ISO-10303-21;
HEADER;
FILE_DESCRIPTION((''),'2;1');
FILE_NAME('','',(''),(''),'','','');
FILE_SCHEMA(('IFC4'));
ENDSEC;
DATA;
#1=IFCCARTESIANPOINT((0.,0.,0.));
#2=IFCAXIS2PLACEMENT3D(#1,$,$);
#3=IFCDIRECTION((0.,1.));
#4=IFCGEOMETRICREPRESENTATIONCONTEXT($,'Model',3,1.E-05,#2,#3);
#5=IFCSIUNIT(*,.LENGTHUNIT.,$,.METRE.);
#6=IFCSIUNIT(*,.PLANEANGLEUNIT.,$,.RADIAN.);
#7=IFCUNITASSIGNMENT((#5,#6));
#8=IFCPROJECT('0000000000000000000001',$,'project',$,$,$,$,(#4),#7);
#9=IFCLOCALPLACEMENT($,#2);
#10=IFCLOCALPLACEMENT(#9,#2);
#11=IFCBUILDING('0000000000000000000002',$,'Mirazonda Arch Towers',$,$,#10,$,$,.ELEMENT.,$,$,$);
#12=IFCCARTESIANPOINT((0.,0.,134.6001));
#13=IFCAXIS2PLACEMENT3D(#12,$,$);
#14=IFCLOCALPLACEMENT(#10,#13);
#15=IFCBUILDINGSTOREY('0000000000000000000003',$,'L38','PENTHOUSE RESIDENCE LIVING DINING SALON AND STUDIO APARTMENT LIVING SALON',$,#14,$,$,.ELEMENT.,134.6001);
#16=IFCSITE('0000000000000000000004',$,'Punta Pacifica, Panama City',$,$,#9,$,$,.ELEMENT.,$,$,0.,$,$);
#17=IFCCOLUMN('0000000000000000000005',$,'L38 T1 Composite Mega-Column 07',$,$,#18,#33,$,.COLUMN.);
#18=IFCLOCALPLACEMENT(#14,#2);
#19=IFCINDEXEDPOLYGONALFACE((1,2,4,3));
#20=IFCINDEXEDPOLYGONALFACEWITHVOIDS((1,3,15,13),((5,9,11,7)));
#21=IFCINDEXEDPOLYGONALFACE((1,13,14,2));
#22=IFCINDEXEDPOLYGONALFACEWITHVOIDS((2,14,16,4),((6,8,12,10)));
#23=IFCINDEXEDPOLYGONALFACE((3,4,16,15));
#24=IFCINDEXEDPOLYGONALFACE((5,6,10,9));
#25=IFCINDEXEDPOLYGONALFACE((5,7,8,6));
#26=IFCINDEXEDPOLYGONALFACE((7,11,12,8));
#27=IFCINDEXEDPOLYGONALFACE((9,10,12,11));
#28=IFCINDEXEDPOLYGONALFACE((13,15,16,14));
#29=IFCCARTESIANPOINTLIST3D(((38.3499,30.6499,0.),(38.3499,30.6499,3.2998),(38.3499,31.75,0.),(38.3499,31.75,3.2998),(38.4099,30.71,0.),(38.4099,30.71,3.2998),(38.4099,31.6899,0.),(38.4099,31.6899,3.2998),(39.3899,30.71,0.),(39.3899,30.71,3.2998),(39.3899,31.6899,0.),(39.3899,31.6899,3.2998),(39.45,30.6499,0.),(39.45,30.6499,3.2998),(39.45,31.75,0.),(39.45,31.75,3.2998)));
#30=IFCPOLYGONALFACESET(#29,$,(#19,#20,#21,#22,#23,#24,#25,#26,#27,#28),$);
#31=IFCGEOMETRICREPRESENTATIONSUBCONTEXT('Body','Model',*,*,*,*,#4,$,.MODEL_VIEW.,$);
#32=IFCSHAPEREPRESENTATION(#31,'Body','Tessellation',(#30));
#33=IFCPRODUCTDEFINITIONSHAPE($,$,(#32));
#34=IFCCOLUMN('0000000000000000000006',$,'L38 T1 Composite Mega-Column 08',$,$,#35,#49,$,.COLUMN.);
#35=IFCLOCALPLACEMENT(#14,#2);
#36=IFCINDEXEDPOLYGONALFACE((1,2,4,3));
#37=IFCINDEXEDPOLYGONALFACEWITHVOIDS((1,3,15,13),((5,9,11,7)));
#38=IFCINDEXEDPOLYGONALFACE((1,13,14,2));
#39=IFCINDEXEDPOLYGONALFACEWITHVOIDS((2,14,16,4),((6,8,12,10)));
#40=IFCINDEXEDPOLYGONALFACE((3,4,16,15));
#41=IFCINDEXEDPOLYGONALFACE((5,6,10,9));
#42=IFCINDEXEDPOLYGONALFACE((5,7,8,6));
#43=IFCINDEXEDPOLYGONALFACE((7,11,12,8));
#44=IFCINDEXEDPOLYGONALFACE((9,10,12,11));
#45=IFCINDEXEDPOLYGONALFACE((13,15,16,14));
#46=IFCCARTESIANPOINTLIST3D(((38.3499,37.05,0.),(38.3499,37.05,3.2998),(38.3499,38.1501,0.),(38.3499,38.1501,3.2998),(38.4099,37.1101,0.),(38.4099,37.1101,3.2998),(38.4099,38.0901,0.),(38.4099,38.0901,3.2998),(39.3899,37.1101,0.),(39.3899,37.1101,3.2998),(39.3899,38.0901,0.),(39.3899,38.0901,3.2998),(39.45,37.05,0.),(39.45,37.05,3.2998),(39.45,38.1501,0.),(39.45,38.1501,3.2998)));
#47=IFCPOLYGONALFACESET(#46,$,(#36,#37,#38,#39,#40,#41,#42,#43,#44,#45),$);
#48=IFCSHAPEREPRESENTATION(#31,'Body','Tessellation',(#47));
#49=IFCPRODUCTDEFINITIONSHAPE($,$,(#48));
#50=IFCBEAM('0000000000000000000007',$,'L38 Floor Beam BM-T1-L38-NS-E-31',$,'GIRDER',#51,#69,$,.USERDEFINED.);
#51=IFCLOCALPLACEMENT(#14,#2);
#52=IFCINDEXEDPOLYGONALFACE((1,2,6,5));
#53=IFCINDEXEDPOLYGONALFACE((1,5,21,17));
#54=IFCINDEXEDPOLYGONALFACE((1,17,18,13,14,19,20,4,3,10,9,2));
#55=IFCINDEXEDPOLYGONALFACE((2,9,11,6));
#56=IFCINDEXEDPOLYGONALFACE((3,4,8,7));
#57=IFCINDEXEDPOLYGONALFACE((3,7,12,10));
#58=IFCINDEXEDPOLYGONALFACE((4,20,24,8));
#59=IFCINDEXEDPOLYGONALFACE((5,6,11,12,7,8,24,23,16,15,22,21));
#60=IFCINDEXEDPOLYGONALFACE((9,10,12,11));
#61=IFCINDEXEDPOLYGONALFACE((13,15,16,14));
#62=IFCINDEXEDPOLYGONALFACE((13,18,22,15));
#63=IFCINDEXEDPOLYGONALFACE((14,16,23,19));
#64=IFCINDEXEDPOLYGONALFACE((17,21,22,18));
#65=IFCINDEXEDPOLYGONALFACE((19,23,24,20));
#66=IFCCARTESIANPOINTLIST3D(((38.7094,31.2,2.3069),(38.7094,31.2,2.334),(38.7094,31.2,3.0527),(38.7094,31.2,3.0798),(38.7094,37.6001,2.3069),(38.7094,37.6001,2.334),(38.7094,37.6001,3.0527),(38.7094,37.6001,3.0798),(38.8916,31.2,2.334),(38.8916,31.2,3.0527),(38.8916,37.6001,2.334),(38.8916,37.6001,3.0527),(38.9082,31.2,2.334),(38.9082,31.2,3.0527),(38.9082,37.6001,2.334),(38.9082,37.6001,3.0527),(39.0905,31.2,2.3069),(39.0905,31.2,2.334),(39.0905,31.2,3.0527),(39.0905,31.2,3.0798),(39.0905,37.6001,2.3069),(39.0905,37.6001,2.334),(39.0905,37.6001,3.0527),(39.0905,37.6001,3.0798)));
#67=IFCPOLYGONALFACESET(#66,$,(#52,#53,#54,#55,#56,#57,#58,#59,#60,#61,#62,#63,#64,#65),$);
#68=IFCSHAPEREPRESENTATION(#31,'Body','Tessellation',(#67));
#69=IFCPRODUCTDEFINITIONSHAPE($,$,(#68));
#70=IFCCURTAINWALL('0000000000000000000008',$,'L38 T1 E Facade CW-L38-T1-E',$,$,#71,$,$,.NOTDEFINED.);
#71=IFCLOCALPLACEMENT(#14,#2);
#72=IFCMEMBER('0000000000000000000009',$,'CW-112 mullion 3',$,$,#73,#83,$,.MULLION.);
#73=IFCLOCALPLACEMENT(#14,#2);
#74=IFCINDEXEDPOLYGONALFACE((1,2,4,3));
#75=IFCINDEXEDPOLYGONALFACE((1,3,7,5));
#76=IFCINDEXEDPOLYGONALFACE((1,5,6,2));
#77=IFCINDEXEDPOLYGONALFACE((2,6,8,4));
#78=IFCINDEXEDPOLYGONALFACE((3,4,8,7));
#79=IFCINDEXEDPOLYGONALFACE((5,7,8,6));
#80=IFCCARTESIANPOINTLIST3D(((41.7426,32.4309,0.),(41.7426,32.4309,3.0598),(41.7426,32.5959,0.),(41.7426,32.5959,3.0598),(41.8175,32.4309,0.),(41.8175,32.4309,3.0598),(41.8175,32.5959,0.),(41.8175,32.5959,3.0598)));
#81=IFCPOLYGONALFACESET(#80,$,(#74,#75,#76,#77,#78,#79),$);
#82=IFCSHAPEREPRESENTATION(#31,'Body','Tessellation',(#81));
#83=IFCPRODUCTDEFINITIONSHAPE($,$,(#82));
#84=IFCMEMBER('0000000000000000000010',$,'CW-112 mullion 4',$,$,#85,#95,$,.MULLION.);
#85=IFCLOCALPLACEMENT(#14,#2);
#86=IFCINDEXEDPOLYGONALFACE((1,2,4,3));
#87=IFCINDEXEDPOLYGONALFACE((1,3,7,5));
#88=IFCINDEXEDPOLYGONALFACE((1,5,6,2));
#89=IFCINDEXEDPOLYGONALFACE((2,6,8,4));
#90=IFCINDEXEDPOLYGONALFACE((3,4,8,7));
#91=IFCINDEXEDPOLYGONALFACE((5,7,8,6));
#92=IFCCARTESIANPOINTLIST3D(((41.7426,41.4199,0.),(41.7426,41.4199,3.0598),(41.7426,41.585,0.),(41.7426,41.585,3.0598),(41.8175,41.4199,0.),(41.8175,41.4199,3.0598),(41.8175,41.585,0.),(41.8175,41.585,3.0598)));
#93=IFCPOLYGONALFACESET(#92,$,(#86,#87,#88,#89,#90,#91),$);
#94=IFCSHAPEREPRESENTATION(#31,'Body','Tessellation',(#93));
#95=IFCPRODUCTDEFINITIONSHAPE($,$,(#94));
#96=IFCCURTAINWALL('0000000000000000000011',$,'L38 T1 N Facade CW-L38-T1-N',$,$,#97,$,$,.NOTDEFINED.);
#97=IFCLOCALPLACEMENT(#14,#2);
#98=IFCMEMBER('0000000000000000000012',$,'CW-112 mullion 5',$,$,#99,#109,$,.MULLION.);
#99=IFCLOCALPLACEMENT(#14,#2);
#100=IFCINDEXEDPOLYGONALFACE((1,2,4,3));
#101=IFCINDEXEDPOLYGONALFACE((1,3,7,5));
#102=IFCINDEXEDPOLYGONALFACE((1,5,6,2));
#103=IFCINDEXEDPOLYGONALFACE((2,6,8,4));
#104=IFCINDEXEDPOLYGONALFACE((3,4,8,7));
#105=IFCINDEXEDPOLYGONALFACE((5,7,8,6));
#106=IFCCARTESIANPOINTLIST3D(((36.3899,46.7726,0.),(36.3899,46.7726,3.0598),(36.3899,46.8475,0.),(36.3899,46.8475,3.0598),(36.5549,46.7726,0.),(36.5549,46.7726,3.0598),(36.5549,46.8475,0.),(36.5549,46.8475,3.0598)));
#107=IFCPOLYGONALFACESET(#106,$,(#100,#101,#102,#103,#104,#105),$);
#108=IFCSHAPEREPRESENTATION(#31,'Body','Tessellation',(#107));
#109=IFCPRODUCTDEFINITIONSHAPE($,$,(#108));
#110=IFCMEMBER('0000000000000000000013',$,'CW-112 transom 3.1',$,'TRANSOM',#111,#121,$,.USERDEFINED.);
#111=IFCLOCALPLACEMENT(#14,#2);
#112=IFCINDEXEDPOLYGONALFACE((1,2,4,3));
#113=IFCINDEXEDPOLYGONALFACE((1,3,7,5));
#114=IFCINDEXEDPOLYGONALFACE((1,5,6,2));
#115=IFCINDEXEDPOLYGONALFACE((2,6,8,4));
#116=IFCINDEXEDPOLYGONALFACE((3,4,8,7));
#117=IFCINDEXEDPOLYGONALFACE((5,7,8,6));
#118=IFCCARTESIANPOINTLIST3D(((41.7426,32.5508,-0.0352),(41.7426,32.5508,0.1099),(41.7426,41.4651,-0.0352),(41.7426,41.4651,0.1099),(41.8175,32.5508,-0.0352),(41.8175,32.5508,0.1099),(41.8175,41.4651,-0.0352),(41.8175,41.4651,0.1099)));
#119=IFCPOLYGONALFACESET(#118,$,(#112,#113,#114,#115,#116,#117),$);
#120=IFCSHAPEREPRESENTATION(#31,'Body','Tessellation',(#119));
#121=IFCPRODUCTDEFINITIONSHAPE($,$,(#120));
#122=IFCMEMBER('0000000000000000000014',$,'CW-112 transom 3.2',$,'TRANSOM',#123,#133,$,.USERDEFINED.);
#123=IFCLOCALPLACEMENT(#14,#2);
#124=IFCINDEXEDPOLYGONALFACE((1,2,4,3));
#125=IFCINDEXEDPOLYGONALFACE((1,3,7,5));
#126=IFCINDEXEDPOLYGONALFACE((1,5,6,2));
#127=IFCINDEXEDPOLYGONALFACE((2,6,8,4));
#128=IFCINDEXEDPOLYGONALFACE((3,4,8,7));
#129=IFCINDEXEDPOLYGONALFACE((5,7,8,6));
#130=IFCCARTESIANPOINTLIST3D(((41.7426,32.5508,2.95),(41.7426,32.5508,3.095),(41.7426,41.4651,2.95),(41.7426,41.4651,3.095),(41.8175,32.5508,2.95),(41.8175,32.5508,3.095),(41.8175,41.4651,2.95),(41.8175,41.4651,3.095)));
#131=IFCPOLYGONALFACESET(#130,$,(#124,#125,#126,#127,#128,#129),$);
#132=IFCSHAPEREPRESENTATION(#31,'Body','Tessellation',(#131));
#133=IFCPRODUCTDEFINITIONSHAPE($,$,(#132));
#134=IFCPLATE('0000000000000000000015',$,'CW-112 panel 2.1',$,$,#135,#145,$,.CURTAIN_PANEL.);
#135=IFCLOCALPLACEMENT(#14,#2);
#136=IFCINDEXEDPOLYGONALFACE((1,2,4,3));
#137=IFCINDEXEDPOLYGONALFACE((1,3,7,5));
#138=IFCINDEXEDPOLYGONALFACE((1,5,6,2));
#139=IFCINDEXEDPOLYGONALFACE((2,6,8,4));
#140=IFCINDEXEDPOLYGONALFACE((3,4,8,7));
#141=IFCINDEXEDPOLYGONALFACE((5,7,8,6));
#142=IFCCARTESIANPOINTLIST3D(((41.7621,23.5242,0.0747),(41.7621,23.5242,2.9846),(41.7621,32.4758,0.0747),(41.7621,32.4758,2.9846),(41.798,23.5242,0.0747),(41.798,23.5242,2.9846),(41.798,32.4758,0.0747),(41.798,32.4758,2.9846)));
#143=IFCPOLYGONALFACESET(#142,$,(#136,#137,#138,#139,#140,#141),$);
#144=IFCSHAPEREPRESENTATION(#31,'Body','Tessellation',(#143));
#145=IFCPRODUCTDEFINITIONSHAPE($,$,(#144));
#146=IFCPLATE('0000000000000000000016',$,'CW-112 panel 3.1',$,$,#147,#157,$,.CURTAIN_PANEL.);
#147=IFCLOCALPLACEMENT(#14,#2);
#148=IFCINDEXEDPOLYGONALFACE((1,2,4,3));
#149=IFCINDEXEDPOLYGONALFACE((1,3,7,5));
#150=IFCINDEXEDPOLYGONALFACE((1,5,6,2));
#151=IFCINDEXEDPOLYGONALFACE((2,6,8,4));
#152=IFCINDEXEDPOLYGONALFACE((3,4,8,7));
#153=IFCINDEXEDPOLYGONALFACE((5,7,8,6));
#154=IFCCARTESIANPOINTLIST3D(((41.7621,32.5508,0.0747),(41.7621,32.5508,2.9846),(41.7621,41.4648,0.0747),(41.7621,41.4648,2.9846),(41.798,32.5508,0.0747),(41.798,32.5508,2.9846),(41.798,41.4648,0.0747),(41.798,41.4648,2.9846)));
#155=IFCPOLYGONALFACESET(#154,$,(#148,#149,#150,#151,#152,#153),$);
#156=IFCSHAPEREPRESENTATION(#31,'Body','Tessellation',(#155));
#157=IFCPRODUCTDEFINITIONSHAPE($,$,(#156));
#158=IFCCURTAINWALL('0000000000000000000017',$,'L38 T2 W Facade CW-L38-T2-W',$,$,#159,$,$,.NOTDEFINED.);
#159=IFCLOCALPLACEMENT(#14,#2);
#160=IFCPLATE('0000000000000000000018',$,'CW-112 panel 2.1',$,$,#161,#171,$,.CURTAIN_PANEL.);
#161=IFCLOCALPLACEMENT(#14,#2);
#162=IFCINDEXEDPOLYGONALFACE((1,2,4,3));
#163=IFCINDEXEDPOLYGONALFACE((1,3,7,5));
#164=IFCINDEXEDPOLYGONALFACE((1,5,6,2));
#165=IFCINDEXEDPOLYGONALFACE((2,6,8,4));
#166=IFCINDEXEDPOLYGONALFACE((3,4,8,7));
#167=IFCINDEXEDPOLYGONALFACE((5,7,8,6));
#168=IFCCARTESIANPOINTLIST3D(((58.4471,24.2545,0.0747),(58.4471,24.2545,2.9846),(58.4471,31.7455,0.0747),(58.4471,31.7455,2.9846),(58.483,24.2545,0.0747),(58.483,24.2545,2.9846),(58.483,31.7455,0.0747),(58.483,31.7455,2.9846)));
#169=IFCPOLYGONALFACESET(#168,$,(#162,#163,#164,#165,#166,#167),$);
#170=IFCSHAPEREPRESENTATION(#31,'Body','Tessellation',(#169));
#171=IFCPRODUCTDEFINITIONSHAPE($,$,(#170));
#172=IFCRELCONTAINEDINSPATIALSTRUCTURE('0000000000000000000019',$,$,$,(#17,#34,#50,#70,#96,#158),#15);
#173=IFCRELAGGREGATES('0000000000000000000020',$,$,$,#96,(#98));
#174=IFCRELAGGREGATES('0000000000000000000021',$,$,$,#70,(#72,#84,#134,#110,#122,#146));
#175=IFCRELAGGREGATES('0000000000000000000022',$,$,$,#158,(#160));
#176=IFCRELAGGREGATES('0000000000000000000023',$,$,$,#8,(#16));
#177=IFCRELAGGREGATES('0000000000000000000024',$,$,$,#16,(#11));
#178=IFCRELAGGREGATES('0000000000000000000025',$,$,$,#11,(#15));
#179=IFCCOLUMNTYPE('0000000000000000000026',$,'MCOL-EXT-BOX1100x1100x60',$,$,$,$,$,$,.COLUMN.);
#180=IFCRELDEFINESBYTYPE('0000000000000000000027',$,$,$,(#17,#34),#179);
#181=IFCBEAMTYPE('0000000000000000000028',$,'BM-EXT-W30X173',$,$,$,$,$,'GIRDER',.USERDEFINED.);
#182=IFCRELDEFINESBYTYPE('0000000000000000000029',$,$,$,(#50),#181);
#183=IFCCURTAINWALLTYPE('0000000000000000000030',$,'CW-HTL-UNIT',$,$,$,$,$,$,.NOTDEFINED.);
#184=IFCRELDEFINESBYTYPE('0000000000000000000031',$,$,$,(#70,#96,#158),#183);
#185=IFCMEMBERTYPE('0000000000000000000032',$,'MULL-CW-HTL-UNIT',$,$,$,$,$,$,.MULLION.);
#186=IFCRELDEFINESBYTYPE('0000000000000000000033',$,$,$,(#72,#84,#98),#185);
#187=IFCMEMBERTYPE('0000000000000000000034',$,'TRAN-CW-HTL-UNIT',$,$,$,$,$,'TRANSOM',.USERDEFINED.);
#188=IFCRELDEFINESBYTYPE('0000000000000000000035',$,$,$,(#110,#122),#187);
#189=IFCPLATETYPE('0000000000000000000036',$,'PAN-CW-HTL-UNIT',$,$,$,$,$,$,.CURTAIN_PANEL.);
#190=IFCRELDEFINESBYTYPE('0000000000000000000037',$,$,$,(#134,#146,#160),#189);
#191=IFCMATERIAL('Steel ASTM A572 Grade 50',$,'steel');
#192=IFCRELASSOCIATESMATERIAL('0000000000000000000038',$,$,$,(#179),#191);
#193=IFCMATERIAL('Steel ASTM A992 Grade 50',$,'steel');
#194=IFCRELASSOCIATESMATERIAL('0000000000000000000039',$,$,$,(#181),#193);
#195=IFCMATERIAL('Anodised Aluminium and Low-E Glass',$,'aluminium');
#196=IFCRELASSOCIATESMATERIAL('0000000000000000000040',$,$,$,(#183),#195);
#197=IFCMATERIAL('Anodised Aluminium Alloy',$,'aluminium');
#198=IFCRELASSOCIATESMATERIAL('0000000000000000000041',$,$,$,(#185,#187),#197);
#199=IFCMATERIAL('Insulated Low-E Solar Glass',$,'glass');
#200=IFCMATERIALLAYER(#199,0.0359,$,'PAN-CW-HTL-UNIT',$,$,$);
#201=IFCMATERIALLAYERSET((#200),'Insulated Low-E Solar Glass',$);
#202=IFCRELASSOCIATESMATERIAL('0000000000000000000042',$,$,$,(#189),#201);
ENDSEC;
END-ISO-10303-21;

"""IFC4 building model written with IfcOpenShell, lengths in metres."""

from ifc_helpers import new_model, si_unit, direction, frame, origin, origin_2d, place, context, subcontext, project, spatial, rectangle, hollow_rectangle, i_section, extrude, material, layer, layer_set, material_profile, profile_set, type_object, element, aggregate, save


model = new_model("IFC4")

# Units and contexts
model_context = context("Model", 3, precision=1e-05, world=origin(), true_north=direction((0.0, 1.0)))
body_context = subcontext(model_context, "Body", "Model", "MODEL_VIEW")
ifc_project = project(units=[si_unit("LENGTHUNIT", "METRE"), si_unit("PLANEANGLEUNIT", "RADIAN")], contexts=[model_context])

# Site, building, storey
site_placement = place(None, origin())
site = spatial("IfcSite", under=ifc_project, at=site_placement, Name="Punta Pacifica, Panama City", CompositionType="ELEMENT", RefElevation=0.0)
building_placement = place(site_placement, origin())
building = spatial("IfcBuilding", under=site, at=building_placement, Name="Mirazonda Arch Towers", CompositionType="ELEMENT")
storey_placement = place(building_placement, frame((0.0, 0.0, 134.6001)))
storey = spatial("IfcBuildingStorey", under=building, at=storey_placement, Name="L38", Description="PENTHOUSE RESIDENCE LIVING DINING SALON AND STUDIO APARTMENT LIVING SALON", CompositionType="ELEMENT", Elevation=134.6001)

# Columns
ifc_material_1 = material(Name="Steel ASTM A572 Grade 50", Category="steel")
ifc_material_profile_1 = material_profile(ifc_material_1, hollow_rectangle(XDim=1.1001, YDim=1.1001, WallThickness=0.0601, at=origin_2d()), Name="BOX1100x1100x60")
ifc_profile_set_1 = profile_set([ifc_material_profile_1], Name="Steel ASTM A572 Grade 50")
column_type = type_object("IfcColumnType", Name="MCOL-EXT-BOX1100x1100x60", PredefinedType="COLUMN", material=ifc_profile_set_1)
for number, where, z_axis, x_axis, name in (
    (1, (38.8999, 31.2, 0.0), (0.0, 0.0, 1.0), (1.0, 0.0, 0.0), "L38 T1 Composite Mega-Column 07"),
    (2, (38.8999, 37.6001, 0.0), (0.0, 0.0, 1.0), (1.0, 0.0, 0.0), "L38 T1 Composite Mega-Column 08"),
):
    element("IfcColumn", number, at=place(storey_placement, frame(where, z_axis=z_axis, x_axis=x_axis)), inside=storey, type_object=column_type, Name=name, PredefinedType="COLUMN", context=body_context, shape_type="SweptSolid", body=[
        extrude(hollow_rectangle(XDim=1.1001, YDim=1.1001, WallThickness=0.0601, at=origin_2d()), origin(), (0.0, 0.0, 1.0), 3.2998),
    ])

# Beam
ifc_material_2 = material(Name="Steel ASTM A992 Grade 50", Category="steel")
ifc_material_profile_2 = material_profile(ifc_material_2, i_section(OverallWidth=0.3811, OverallDepth=0.7729, WebThickness=0.0166, FlangeThickness=0.0271, at=origin_2d()), Name="W30X173")
ifc_profile_set_2 = profile_set([ifc_material_profile_2], Name="Steel ASTM A992 Grade 50")
beam_type = type_object("IfcBeamType", Name="BM-EXT-W30X173", ElementType="GIRDER", PredefinedType="USERDEFINED", material=ifc_profile_set_2)
beam_placement = place(storey_placement, frame((38.8999, 31.2, 2.6934), z_axis=(0.0, 1.0, 0.0), x_axis=(-1.0, 0.0, 0.0)))
element("IfcBeam", 3, at=beam_placement, inside=storey, type_object=beam_type, Name="L38 Floor Beam BM-T1-L38-NS-E-31", ObjectType="GIRDER", PredefinedType="USERDEFINED", context=body_context, shape_type="SweptSolid", body=[
    extrude(i_section(OverallWidth=0.3811, OverallDepth=0.7729, WebThickness=0.0166, FlangeThickness=0.0271, at=origin_2d()), origin(), (0.0, 0.0, 1.0), 6.4001),
])

# Curtain wall, members
ifc_material_3 = material(Name="Anodised Aluminium and Low-E Glass", Category="aluminium")
curtain_wall_type = type_object("IfcCurtainWallType", Name="CW-HTL-UNIT", PredefinedType="NOTDEFINED", material=ifc_material_3)
curtain_wall_1_placement = place(storey_placement, origin())
curtain_wall_1 = element("IfcCurtainWall", 4, at=curtain_wall_1_placement, inside=storey, type_object=curtain_wall_type, Name="L38 T1 E Facade CW-L38-T1-E", PredefinedType="NOTDEFINED")
ifc_material_4 = material(Name="Anodised Aluminium Alloy", Category="aluminium")
ifc_material_profile_3 = material_profile(ifc_material_4, rectangle(XDim=0.075, YDim=0.165, at=origin_2d()), Name="ALU-MULL-75x165")
ifc_profile_set_3 = profile_set([ifc_material_profile_3], Name="Anodised Aluminium Alloy")
member_type_1 = type_object("IfcMemberType", Name="MULL-CW-HTL-UNIT", PredefinedType="MULLION", material=ifc_profile_set_3)
member_1_placement = place(storey_placement, frame((41.78, 32.5134, 0.0), z_axis=(0.0, 0.0, 1.0), x_axis=(-1.0, 0.0, 0.0)))
member_1 = element("IfcMember", 5, at=member_1_placement, type_object=member_type_1, Name="CW-112 mullion 3", PredefinedType="MULLION", context=body_context, shape_type="SweptSolid", body=[
    extrude(rectangle(XDim=0.075, YDim=0.165, at=origin_2d()), origin(), (0.0, 0.0, 1.0), 3.0598),
])
member_2_placement = place(storey_placement, frame((41.78, 41.5024, 0.0), z_axis=(0.0, 0.0, 1.0), x_axis=(-1.0, 0.0, 0.0)))
member_2 = element("IfcMember", 6, at=member_2_placement, type_object=member_type_1, Name="CW-112 mullion 4", PredefinedType="MULLION", context=body_context, shape_type="SweptSolid", body=[
    extrude(rectangle(XDim=0.075, YDim=0.165, at=origin_2d()), origin(), (0.0, 0.0, 1.0), 3.0598),
])

# Curtain wall, member
curtain_wall_2_placement = place(storey_placement, origin())
curtain_wall_2 = element("IfcCurtainWall", 7, at=curtain_wall_2_placement, inside=storey, type_object=curtain_wall_type, Name="L38 T1 N Facade CW-L38-T1-N", PredefinedType="NOTDEFINED")
member_3_placement = place(storey_placement, frame((36.4724, 46.8101, 0.0), z_axis=(0.0, 0.0, 1.0), x_axis=(0.0, 1.0, 0.0)))
member_3 = element("IfcMember", 8, at=member_3_placement, type_object=member_type_1, Name="CW-112 mullion 5", PredefinedType="MULLION", context=body_context, shape_type="SweptSolid", body=[
    extrude(rectangle(XDim=0.075, YDim=0.165, at=origin_2d()), origin(), (0.0, 0.0, 1.0), 3.0598),
])
aggregate(curtain_wall_2, [member_3])

# Members
ifc_material_profile_4 = material_profile(ifc_material_4, rectangle(XDim=0.075, YDim=0.145, at=origin_2d()), Name="ALU-TRAN-75x145")
ifc_profile_set_4 = profile_set([ifc_material_profile_4], Name="Anodised Aluminium Alloy")
member_type_2 = type_object("IfcMemberType", Name="TRAN-CW-HTL-UNIT", ElementType="TRANSOM", PredefinedType="USERDEFINED", material=ifc_profile_set_4)
member_4_placement = place(storey_placement, frame((41.78, 32.5508, 0.0374), z_axis=(0.0, 1.0, 0.0), x_axis=(-1.0, 0.0, 0.0)))
member_4 = element("IfcMember", 9, at=member_4_placement, type_object=member_type_2, Name="CW-112 transom 3.1", ObjectType="TRANSOM", PredefinedType="USERDEFINED", context=body_context, shape_type="SweptSolid", body=[
    extrude(rectangle(XDim=0.075, YDim=0.145, at=origin_2d()), origin(), (0.0, 0.0, 1.0), 8.9143),
])
member_5_placement = place(storey_placement, frame((41.78, 32.5508, 3.0225), z_axis=(0.0, 1.0, 0.0), x_axis=(-1.0, 0.0, 0.0)))
member_5 = element("IfcMember", 10, at=member_5_placement, type_object=member_type_2, Name="CW-112 transom 3.2", ObjectType="TRANSOM", PredefinedType="USERDEFINED", context=body_context, shape_type="SweptSolid", body=[
    extrude(rectangle(XDim=0.075, YDim=0.145, at=origin_2d()), origin(), (0.0, 0.0, 1.0), 8.9143),
])

# Plates
ifc_material_5 = material(Name="Insulated Low-E Solar Glass", Category="glass")
ifc_layer_1 = layer(ifc_material_5, 0.0359, Name="PAN-CW-HTL-UNIT")
ifc_layer_set_1 = layer_set([ifc_layer_1], Name="Insulated Low-E Solar Glass")
plate_type = type_object("IfcPlateType", Name="PAN-CW-HTL-UNIT", PredefinedType="CURTAIN_PANEL", material=ifc_layer_set_1)
plate_1_placement = place(storey_placement, frame((41.78, 28.0, 0.0747), z_axis=(0.0, 0.0, 1.0), x_axis=(0.0, 1.0, 0.0)))
plate_1 = element("IfcPlate", 11, at=plate_1_placement, type_object=plate_type, Name="CW-112 panel 2.1", PredefinedType="CURTAIN_PANEL", context=body_context, shape_type="SweptSolid", body=[
    extrude(rectangle(XDim=8.9517, YDim=0.0359, at=origin_2d()), origin(), (0.0, 0.0, 1.0), 2.9099),
])
plate_2_placement = place(storey_placement, frame((41.78, 37.0078, 0.0747), z_axis=(0.0, 0.0, 1.0), x_axis=(0.0, 1.0, 0.0)))
plate_2 = element("IfcPlate", 12, at=plate_2_placement, type_object=plate_type, Name="CW-112 panel 3.1", PredefinedType="CURTAIN_PANEL", context=body_context, shape_type="SweptSolid", body=[
    extrude(rectangle(XDim=8.9141, YDim=0.0359, at=origin_2d()), origin(), (0.0, 0.0, 1.0), 2.9099),
])
aggregate(curtain_wall_1, [member_1, member_2, plate_1, member_4, member_5, plate_2])

# Curtain wall, plate
curtain_wall_3_placement = place(storey_placement, origin())
curtain_wall_3 = element("IfcCurtainWall", 13, at=curtain_wall_3_placement, inside=storey, type_object=curtain_wall_type, Name="L38 T2 W Facade CW-L38-T2-W", PredefinedType="NOTDEFINED")
plate_3_placement = place(storey_placement, frame((58.4651, 28.0, 0.0747), z_axis=(0.0, 0.0, 1.0), x_axis=(0.0, -1.0, 0.0)))
plate_3 = element("IfcPlate", 14, at=plate_3_placement, type_object=plate_type, Name="CW-112 panel 2.1", PredefinedType="CURTAIN_PANEL", context=body_context, shape_type="SweptSolid", body=[
    extrude(rectangle(XDim=7.491, YDim=0.0359, at=origin_2d()), origin(), (0.0, 0.0, 1.0), 2.9099),
])
aggregate(curtain_wall_3, [plate_3])

save(model, "model.ifc")
